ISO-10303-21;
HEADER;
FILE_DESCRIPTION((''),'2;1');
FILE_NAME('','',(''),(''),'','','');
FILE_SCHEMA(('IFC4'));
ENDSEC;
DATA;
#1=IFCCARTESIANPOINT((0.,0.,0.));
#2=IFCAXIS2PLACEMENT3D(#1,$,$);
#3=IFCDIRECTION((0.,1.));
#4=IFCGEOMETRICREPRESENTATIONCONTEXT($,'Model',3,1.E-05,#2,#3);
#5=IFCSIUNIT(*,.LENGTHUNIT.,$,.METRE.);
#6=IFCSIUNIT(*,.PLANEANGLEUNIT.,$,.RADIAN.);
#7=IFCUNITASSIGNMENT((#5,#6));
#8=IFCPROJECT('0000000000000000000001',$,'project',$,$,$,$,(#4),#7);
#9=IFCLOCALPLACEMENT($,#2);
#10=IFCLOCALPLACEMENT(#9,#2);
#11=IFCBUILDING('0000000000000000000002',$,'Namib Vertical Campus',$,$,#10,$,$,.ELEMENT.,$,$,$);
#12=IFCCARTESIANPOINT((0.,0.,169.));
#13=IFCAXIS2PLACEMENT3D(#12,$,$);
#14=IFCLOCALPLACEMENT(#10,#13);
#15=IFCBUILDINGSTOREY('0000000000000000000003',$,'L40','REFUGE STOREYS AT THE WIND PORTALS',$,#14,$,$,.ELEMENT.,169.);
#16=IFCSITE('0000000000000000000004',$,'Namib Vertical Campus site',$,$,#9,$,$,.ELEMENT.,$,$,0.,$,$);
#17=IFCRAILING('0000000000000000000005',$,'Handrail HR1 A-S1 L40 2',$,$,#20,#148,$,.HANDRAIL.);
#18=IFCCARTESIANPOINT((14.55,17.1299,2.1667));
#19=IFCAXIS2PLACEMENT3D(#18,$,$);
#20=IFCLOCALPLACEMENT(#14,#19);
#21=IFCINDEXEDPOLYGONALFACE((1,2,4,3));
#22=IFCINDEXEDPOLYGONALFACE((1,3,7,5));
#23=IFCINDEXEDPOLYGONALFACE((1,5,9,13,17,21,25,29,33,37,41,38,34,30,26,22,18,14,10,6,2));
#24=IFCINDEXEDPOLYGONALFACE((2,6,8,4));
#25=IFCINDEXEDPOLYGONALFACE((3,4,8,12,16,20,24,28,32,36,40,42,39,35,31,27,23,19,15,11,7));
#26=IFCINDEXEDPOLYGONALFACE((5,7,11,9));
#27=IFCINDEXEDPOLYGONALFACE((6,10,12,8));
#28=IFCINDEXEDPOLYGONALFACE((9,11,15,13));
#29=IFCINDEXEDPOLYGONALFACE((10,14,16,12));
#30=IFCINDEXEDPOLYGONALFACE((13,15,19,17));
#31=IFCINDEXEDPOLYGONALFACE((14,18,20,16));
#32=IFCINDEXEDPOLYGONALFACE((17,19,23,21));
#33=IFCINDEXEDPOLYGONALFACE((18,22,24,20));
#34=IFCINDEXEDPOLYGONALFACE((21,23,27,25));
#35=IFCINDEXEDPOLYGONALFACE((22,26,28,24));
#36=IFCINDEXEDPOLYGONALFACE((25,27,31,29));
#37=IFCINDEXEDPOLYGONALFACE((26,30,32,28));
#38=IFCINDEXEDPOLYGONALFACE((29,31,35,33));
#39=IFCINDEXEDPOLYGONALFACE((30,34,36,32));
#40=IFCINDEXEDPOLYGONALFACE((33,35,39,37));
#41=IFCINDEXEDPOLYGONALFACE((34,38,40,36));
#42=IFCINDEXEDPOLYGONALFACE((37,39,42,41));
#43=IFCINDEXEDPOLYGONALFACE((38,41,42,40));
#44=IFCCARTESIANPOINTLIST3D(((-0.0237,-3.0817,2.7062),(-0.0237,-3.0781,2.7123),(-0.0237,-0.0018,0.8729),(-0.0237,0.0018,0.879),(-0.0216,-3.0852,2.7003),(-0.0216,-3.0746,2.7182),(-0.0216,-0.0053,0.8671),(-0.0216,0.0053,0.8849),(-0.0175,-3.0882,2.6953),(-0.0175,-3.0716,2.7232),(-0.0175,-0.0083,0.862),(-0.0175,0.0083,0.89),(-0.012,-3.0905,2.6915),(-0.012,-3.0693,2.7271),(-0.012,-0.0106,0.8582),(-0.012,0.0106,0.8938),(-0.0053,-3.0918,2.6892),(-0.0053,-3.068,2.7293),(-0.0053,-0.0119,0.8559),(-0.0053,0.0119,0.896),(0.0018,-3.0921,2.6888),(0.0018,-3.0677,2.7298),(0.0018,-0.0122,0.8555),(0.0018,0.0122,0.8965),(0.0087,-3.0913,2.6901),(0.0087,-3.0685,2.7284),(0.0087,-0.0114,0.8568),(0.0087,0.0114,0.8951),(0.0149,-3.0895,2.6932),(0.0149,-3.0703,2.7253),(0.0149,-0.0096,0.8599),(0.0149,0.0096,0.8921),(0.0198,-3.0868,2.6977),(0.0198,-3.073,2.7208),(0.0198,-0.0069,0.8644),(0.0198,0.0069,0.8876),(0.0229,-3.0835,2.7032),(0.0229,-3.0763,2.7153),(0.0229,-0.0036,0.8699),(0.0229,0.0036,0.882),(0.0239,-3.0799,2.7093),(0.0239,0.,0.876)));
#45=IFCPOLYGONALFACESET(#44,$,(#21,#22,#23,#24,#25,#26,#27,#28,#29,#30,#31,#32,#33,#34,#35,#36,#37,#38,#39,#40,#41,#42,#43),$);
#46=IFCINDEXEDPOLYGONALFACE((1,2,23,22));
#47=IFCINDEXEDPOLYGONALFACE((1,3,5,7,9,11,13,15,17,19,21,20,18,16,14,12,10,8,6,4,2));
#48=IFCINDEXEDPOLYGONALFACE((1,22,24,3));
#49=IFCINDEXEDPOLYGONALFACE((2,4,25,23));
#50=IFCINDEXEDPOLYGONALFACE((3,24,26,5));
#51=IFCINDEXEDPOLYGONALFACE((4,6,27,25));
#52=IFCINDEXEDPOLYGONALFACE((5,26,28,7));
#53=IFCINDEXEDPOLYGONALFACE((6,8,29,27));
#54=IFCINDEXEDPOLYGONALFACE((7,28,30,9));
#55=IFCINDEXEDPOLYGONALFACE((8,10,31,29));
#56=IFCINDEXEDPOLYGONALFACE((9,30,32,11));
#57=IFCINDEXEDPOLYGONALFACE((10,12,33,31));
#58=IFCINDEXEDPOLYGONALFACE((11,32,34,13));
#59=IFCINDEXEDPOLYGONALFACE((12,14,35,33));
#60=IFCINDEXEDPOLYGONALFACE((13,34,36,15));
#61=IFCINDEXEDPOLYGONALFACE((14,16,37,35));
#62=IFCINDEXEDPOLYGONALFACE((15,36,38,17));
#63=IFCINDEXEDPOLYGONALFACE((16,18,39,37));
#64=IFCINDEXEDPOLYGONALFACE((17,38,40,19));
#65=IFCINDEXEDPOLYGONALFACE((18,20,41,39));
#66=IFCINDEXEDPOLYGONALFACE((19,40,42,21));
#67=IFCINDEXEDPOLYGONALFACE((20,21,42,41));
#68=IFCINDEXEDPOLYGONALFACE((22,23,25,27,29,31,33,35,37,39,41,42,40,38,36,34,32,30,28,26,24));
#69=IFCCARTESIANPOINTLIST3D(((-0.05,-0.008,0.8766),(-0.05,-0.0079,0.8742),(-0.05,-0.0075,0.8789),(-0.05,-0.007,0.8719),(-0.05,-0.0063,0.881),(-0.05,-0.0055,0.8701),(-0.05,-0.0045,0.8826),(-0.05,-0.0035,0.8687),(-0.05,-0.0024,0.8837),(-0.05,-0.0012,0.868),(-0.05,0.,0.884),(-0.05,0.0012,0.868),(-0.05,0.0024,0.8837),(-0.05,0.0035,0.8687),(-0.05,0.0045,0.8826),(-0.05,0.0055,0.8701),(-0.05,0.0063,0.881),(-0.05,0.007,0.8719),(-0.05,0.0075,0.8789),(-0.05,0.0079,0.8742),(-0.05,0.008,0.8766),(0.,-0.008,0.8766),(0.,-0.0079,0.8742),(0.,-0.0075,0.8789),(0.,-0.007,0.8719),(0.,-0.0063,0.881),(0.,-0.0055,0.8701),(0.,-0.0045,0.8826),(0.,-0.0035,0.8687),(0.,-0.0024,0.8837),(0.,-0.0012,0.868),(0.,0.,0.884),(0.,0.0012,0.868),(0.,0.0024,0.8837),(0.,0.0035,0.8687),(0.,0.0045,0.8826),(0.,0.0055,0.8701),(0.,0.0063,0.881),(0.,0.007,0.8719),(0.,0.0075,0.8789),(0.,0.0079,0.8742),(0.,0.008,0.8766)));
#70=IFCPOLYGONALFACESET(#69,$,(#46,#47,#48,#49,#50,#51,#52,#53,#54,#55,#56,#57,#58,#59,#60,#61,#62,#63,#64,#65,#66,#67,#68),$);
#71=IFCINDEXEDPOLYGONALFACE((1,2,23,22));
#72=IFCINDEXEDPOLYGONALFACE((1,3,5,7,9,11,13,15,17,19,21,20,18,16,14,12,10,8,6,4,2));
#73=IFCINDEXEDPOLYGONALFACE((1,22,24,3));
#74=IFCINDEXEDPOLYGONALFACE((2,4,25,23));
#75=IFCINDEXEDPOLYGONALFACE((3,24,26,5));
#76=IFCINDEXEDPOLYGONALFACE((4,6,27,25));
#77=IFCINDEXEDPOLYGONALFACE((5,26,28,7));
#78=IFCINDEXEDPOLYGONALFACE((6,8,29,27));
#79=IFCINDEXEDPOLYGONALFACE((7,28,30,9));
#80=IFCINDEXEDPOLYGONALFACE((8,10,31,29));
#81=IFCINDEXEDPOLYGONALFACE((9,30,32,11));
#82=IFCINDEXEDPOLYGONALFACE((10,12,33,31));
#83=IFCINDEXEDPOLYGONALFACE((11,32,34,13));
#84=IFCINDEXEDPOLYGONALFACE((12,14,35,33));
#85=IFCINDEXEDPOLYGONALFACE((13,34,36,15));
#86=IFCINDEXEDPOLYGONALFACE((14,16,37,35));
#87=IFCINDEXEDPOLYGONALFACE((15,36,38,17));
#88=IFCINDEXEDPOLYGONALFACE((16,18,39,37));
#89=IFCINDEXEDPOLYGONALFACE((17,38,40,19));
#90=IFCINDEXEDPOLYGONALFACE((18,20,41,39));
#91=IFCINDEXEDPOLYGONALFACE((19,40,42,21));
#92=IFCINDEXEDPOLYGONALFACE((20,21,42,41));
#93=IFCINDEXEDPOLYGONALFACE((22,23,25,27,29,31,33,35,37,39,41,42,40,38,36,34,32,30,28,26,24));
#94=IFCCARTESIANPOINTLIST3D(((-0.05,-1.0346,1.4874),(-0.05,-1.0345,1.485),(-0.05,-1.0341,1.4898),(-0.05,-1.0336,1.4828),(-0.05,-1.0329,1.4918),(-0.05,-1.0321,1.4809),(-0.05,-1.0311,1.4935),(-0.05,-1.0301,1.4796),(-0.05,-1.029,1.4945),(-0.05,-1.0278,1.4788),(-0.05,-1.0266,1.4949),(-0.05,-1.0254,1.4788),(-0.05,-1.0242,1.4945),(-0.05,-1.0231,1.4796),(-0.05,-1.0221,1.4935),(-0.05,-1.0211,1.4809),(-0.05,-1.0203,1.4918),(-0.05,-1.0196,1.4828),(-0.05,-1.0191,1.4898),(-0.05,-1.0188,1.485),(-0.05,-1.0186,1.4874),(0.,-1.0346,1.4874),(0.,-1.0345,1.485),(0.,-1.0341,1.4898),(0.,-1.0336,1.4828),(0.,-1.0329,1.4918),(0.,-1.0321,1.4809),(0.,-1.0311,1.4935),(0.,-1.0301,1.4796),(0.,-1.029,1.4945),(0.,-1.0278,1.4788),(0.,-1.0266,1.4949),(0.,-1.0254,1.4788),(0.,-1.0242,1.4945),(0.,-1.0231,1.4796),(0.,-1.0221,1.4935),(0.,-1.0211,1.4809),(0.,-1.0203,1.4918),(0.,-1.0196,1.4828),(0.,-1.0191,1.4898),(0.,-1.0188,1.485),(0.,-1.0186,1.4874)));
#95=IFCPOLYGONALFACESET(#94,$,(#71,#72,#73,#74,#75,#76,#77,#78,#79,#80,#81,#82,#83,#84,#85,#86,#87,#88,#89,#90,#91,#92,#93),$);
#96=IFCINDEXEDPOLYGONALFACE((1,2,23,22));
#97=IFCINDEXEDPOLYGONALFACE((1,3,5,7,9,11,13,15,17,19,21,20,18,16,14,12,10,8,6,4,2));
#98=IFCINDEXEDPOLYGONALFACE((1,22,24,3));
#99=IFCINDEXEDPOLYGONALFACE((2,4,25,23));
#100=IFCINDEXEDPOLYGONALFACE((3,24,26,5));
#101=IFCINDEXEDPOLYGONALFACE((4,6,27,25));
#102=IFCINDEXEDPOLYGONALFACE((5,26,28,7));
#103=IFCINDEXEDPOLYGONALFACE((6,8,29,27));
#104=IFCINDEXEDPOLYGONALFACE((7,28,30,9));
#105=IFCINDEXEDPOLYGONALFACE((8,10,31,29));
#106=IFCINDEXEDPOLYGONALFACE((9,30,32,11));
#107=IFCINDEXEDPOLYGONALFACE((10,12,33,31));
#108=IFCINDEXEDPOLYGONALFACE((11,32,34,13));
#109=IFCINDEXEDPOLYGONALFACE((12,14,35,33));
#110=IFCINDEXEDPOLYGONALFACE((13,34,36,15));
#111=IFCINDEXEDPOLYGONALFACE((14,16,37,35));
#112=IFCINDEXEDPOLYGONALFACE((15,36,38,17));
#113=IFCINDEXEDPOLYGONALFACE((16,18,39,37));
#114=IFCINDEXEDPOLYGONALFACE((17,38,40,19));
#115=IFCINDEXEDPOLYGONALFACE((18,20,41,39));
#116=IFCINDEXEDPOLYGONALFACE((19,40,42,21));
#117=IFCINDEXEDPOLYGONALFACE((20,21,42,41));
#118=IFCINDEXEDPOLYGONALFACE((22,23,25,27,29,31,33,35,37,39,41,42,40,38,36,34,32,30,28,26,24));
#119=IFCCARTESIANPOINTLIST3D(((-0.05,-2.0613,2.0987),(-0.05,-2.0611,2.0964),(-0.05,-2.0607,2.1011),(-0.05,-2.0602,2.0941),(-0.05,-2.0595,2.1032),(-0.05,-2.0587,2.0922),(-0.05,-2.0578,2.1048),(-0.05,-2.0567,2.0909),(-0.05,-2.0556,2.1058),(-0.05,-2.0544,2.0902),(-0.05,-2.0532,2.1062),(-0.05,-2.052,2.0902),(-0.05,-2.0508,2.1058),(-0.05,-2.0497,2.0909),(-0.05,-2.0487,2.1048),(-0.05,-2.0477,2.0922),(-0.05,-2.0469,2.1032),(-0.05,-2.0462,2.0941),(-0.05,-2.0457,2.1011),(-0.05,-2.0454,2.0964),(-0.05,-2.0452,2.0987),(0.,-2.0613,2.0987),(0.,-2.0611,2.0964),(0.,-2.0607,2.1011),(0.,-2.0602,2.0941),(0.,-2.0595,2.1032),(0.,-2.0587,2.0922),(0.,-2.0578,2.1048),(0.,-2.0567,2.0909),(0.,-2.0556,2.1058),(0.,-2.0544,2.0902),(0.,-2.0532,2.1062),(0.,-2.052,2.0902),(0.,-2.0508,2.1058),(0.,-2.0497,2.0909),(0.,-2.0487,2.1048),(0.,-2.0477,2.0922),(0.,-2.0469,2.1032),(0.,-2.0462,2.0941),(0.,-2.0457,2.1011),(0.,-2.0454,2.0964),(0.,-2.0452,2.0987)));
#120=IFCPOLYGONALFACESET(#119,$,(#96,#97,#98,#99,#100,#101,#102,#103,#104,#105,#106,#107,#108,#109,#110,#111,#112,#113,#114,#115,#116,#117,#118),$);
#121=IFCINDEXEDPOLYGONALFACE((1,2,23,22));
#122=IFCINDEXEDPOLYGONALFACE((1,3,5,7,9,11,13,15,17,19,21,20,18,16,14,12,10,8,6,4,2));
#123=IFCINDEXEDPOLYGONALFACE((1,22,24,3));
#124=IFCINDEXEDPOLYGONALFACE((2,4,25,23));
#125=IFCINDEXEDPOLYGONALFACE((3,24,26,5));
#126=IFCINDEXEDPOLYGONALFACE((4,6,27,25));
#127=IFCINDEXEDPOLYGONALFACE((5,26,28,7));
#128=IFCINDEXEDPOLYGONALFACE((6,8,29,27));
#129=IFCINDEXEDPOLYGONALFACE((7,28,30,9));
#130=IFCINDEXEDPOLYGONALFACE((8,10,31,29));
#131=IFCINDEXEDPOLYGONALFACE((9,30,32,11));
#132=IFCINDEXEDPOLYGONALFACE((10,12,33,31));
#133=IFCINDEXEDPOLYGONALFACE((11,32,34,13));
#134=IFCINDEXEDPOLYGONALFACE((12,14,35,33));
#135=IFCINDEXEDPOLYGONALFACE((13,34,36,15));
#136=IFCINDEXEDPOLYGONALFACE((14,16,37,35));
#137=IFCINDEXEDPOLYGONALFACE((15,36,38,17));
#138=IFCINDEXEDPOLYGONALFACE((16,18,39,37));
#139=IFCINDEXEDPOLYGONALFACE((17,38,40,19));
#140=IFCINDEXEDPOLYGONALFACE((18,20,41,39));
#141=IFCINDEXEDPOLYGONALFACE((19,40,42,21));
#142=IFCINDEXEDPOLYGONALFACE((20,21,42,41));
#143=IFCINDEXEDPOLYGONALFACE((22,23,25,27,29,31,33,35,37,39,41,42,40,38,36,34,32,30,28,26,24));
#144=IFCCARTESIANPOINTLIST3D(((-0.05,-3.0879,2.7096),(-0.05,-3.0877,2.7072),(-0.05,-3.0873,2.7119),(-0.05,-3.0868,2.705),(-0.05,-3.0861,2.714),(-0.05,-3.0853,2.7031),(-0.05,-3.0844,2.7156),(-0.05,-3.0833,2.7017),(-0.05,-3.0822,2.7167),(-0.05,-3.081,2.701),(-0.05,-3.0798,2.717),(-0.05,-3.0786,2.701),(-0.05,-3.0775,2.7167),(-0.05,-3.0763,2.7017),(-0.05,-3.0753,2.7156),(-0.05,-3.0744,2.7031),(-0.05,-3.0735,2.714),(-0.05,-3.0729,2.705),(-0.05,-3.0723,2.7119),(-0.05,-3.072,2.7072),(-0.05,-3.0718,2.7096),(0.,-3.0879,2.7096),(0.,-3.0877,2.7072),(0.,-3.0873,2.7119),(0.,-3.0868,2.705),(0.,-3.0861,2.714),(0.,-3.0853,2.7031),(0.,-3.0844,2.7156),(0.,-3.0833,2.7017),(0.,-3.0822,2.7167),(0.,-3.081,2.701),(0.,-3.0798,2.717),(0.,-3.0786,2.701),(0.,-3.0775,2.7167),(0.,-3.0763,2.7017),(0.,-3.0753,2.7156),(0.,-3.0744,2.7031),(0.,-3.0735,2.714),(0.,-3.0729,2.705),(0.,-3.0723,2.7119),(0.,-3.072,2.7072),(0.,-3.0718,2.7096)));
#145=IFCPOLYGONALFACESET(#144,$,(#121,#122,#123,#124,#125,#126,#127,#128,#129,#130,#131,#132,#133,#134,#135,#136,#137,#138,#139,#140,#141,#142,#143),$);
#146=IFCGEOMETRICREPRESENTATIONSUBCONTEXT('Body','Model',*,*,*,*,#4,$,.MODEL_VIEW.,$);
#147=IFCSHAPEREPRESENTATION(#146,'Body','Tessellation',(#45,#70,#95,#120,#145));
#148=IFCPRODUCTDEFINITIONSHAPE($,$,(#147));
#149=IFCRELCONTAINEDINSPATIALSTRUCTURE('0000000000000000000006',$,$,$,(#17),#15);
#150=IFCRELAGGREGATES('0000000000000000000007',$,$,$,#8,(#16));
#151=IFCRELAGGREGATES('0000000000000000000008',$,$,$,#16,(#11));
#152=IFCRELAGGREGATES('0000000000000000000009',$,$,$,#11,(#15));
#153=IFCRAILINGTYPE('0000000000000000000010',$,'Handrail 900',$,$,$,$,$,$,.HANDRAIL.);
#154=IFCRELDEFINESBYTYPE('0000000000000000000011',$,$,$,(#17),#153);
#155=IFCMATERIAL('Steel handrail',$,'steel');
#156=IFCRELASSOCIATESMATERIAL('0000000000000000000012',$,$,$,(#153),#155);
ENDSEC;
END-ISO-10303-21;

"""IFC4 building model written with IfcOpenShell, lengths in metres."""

from ifc_helpers import new_model, si_unit, direction, frame, origin, origin_2d, place, context, subcontext, project, spatial, circle, extrude, material, type_object, element, save


model = new_model("IFC4")

# Units and contexts
model_context = context("Model", 3, precision=1e-05, world=origin(), true_north=direction((0.0, 1.0)))
body_context = subcontext(model_context, "Body", "Model", "MODEL_VIEW")
ifc_project = project(units=[si_unit("LENGTHUNIT", "METRE"), si_unit("PLANEANGLEUNIT", "RADIAN")], contexts=[model_context])

# Site, building, storey
site_placement = place(None, origin())
site = spatial("IfcSite", under=ifc_project, at=site_placement, Name="Namib Vertical Campus site", CompositionType="ELEMENT", RefElevation=0.0)
building_placement = place(site_placement, origin())
building = spatial("IfcBuilding", under=site, at=building_placement, Name="Namib Vertical Campus", CompositionType="ELEMENT")
storey_placement = place(building_placement, frame((0.0, 0.0, 169.0)))
storey = spatial("IfcBuildingStorey", under=building, at=storey_placement, Name="L40", Description="REFUGE STOREYS AT THE WIND PORTALS", CompositionType="ELEMENT", Elevation=169.0)

# Railing
ifc_material_1 = material(Name="Steel handrail", Category="steel")
railing_type_1 = type_object("IfcRailingType", Name="Handrail 900", PredefinedType="HANDRAIL", material=ifc_material_1)
for number, where, name in (
    (1, (14.55, 17.1299, 2.1667), "Handrail HR1 A-S1 L40 2"),
):
    element("IfcRailing", number, at=place(storey_placement, frame(where)), inside=storey, type_object=railing_type_1, Name=name, PredefinedType="HANDRAIL", context=body_context, shape_type="SweptSolid", body=[
        extrude(circle(Radius=0.0239, at=origin_2d()), frame((0.0, 0.0, 0.876), z_axis=(0.0, -0.859291, 0.511487), x_axis=(1.0, 0.0, 0.0)), (0.0, 0.0, 1.0), 3.5842),
        extrude(circle(Radius=0.0081, at=origin_2d()), frame((0.0, 0.0, 0.876), z_axis=(-1.0, 0.0, 0.0), x_axis=(0.0, 0.0, 1.0)), (0.0, 0.0, 1.0), 0.05),
        extrude(circle(Radius=0.0081, at=origin_2d()), frame((0.0, -1.0266, 1.4868), z_axis=(-1.0, 0.0, 0.0), x_axis=(0.0, 0.0, 1.0)), (0.0, 0.0, 1.0), 0.05),
        extrude(circle(Radius=0.0081, at=origin_2d()), frame((0.0, -2.0532, 2.0981), z_axis=(-1.0, 0.0, 0.0), x_axis=(0.0, 0.0, 1.0)), (0.0, 0.0, 1.0), 0.05),
        extrude(circle(Radius=0.0081, at=origin_2d()), frame((0.0, -3.0798, 2.709), z_axis=(-1.0, 0.0, 0.0), x_axis=(0.0, 0.0, 1.0)), (0.0, 0.0, 1.0), 0.05),
    ])

save(model, "model.ifc")
